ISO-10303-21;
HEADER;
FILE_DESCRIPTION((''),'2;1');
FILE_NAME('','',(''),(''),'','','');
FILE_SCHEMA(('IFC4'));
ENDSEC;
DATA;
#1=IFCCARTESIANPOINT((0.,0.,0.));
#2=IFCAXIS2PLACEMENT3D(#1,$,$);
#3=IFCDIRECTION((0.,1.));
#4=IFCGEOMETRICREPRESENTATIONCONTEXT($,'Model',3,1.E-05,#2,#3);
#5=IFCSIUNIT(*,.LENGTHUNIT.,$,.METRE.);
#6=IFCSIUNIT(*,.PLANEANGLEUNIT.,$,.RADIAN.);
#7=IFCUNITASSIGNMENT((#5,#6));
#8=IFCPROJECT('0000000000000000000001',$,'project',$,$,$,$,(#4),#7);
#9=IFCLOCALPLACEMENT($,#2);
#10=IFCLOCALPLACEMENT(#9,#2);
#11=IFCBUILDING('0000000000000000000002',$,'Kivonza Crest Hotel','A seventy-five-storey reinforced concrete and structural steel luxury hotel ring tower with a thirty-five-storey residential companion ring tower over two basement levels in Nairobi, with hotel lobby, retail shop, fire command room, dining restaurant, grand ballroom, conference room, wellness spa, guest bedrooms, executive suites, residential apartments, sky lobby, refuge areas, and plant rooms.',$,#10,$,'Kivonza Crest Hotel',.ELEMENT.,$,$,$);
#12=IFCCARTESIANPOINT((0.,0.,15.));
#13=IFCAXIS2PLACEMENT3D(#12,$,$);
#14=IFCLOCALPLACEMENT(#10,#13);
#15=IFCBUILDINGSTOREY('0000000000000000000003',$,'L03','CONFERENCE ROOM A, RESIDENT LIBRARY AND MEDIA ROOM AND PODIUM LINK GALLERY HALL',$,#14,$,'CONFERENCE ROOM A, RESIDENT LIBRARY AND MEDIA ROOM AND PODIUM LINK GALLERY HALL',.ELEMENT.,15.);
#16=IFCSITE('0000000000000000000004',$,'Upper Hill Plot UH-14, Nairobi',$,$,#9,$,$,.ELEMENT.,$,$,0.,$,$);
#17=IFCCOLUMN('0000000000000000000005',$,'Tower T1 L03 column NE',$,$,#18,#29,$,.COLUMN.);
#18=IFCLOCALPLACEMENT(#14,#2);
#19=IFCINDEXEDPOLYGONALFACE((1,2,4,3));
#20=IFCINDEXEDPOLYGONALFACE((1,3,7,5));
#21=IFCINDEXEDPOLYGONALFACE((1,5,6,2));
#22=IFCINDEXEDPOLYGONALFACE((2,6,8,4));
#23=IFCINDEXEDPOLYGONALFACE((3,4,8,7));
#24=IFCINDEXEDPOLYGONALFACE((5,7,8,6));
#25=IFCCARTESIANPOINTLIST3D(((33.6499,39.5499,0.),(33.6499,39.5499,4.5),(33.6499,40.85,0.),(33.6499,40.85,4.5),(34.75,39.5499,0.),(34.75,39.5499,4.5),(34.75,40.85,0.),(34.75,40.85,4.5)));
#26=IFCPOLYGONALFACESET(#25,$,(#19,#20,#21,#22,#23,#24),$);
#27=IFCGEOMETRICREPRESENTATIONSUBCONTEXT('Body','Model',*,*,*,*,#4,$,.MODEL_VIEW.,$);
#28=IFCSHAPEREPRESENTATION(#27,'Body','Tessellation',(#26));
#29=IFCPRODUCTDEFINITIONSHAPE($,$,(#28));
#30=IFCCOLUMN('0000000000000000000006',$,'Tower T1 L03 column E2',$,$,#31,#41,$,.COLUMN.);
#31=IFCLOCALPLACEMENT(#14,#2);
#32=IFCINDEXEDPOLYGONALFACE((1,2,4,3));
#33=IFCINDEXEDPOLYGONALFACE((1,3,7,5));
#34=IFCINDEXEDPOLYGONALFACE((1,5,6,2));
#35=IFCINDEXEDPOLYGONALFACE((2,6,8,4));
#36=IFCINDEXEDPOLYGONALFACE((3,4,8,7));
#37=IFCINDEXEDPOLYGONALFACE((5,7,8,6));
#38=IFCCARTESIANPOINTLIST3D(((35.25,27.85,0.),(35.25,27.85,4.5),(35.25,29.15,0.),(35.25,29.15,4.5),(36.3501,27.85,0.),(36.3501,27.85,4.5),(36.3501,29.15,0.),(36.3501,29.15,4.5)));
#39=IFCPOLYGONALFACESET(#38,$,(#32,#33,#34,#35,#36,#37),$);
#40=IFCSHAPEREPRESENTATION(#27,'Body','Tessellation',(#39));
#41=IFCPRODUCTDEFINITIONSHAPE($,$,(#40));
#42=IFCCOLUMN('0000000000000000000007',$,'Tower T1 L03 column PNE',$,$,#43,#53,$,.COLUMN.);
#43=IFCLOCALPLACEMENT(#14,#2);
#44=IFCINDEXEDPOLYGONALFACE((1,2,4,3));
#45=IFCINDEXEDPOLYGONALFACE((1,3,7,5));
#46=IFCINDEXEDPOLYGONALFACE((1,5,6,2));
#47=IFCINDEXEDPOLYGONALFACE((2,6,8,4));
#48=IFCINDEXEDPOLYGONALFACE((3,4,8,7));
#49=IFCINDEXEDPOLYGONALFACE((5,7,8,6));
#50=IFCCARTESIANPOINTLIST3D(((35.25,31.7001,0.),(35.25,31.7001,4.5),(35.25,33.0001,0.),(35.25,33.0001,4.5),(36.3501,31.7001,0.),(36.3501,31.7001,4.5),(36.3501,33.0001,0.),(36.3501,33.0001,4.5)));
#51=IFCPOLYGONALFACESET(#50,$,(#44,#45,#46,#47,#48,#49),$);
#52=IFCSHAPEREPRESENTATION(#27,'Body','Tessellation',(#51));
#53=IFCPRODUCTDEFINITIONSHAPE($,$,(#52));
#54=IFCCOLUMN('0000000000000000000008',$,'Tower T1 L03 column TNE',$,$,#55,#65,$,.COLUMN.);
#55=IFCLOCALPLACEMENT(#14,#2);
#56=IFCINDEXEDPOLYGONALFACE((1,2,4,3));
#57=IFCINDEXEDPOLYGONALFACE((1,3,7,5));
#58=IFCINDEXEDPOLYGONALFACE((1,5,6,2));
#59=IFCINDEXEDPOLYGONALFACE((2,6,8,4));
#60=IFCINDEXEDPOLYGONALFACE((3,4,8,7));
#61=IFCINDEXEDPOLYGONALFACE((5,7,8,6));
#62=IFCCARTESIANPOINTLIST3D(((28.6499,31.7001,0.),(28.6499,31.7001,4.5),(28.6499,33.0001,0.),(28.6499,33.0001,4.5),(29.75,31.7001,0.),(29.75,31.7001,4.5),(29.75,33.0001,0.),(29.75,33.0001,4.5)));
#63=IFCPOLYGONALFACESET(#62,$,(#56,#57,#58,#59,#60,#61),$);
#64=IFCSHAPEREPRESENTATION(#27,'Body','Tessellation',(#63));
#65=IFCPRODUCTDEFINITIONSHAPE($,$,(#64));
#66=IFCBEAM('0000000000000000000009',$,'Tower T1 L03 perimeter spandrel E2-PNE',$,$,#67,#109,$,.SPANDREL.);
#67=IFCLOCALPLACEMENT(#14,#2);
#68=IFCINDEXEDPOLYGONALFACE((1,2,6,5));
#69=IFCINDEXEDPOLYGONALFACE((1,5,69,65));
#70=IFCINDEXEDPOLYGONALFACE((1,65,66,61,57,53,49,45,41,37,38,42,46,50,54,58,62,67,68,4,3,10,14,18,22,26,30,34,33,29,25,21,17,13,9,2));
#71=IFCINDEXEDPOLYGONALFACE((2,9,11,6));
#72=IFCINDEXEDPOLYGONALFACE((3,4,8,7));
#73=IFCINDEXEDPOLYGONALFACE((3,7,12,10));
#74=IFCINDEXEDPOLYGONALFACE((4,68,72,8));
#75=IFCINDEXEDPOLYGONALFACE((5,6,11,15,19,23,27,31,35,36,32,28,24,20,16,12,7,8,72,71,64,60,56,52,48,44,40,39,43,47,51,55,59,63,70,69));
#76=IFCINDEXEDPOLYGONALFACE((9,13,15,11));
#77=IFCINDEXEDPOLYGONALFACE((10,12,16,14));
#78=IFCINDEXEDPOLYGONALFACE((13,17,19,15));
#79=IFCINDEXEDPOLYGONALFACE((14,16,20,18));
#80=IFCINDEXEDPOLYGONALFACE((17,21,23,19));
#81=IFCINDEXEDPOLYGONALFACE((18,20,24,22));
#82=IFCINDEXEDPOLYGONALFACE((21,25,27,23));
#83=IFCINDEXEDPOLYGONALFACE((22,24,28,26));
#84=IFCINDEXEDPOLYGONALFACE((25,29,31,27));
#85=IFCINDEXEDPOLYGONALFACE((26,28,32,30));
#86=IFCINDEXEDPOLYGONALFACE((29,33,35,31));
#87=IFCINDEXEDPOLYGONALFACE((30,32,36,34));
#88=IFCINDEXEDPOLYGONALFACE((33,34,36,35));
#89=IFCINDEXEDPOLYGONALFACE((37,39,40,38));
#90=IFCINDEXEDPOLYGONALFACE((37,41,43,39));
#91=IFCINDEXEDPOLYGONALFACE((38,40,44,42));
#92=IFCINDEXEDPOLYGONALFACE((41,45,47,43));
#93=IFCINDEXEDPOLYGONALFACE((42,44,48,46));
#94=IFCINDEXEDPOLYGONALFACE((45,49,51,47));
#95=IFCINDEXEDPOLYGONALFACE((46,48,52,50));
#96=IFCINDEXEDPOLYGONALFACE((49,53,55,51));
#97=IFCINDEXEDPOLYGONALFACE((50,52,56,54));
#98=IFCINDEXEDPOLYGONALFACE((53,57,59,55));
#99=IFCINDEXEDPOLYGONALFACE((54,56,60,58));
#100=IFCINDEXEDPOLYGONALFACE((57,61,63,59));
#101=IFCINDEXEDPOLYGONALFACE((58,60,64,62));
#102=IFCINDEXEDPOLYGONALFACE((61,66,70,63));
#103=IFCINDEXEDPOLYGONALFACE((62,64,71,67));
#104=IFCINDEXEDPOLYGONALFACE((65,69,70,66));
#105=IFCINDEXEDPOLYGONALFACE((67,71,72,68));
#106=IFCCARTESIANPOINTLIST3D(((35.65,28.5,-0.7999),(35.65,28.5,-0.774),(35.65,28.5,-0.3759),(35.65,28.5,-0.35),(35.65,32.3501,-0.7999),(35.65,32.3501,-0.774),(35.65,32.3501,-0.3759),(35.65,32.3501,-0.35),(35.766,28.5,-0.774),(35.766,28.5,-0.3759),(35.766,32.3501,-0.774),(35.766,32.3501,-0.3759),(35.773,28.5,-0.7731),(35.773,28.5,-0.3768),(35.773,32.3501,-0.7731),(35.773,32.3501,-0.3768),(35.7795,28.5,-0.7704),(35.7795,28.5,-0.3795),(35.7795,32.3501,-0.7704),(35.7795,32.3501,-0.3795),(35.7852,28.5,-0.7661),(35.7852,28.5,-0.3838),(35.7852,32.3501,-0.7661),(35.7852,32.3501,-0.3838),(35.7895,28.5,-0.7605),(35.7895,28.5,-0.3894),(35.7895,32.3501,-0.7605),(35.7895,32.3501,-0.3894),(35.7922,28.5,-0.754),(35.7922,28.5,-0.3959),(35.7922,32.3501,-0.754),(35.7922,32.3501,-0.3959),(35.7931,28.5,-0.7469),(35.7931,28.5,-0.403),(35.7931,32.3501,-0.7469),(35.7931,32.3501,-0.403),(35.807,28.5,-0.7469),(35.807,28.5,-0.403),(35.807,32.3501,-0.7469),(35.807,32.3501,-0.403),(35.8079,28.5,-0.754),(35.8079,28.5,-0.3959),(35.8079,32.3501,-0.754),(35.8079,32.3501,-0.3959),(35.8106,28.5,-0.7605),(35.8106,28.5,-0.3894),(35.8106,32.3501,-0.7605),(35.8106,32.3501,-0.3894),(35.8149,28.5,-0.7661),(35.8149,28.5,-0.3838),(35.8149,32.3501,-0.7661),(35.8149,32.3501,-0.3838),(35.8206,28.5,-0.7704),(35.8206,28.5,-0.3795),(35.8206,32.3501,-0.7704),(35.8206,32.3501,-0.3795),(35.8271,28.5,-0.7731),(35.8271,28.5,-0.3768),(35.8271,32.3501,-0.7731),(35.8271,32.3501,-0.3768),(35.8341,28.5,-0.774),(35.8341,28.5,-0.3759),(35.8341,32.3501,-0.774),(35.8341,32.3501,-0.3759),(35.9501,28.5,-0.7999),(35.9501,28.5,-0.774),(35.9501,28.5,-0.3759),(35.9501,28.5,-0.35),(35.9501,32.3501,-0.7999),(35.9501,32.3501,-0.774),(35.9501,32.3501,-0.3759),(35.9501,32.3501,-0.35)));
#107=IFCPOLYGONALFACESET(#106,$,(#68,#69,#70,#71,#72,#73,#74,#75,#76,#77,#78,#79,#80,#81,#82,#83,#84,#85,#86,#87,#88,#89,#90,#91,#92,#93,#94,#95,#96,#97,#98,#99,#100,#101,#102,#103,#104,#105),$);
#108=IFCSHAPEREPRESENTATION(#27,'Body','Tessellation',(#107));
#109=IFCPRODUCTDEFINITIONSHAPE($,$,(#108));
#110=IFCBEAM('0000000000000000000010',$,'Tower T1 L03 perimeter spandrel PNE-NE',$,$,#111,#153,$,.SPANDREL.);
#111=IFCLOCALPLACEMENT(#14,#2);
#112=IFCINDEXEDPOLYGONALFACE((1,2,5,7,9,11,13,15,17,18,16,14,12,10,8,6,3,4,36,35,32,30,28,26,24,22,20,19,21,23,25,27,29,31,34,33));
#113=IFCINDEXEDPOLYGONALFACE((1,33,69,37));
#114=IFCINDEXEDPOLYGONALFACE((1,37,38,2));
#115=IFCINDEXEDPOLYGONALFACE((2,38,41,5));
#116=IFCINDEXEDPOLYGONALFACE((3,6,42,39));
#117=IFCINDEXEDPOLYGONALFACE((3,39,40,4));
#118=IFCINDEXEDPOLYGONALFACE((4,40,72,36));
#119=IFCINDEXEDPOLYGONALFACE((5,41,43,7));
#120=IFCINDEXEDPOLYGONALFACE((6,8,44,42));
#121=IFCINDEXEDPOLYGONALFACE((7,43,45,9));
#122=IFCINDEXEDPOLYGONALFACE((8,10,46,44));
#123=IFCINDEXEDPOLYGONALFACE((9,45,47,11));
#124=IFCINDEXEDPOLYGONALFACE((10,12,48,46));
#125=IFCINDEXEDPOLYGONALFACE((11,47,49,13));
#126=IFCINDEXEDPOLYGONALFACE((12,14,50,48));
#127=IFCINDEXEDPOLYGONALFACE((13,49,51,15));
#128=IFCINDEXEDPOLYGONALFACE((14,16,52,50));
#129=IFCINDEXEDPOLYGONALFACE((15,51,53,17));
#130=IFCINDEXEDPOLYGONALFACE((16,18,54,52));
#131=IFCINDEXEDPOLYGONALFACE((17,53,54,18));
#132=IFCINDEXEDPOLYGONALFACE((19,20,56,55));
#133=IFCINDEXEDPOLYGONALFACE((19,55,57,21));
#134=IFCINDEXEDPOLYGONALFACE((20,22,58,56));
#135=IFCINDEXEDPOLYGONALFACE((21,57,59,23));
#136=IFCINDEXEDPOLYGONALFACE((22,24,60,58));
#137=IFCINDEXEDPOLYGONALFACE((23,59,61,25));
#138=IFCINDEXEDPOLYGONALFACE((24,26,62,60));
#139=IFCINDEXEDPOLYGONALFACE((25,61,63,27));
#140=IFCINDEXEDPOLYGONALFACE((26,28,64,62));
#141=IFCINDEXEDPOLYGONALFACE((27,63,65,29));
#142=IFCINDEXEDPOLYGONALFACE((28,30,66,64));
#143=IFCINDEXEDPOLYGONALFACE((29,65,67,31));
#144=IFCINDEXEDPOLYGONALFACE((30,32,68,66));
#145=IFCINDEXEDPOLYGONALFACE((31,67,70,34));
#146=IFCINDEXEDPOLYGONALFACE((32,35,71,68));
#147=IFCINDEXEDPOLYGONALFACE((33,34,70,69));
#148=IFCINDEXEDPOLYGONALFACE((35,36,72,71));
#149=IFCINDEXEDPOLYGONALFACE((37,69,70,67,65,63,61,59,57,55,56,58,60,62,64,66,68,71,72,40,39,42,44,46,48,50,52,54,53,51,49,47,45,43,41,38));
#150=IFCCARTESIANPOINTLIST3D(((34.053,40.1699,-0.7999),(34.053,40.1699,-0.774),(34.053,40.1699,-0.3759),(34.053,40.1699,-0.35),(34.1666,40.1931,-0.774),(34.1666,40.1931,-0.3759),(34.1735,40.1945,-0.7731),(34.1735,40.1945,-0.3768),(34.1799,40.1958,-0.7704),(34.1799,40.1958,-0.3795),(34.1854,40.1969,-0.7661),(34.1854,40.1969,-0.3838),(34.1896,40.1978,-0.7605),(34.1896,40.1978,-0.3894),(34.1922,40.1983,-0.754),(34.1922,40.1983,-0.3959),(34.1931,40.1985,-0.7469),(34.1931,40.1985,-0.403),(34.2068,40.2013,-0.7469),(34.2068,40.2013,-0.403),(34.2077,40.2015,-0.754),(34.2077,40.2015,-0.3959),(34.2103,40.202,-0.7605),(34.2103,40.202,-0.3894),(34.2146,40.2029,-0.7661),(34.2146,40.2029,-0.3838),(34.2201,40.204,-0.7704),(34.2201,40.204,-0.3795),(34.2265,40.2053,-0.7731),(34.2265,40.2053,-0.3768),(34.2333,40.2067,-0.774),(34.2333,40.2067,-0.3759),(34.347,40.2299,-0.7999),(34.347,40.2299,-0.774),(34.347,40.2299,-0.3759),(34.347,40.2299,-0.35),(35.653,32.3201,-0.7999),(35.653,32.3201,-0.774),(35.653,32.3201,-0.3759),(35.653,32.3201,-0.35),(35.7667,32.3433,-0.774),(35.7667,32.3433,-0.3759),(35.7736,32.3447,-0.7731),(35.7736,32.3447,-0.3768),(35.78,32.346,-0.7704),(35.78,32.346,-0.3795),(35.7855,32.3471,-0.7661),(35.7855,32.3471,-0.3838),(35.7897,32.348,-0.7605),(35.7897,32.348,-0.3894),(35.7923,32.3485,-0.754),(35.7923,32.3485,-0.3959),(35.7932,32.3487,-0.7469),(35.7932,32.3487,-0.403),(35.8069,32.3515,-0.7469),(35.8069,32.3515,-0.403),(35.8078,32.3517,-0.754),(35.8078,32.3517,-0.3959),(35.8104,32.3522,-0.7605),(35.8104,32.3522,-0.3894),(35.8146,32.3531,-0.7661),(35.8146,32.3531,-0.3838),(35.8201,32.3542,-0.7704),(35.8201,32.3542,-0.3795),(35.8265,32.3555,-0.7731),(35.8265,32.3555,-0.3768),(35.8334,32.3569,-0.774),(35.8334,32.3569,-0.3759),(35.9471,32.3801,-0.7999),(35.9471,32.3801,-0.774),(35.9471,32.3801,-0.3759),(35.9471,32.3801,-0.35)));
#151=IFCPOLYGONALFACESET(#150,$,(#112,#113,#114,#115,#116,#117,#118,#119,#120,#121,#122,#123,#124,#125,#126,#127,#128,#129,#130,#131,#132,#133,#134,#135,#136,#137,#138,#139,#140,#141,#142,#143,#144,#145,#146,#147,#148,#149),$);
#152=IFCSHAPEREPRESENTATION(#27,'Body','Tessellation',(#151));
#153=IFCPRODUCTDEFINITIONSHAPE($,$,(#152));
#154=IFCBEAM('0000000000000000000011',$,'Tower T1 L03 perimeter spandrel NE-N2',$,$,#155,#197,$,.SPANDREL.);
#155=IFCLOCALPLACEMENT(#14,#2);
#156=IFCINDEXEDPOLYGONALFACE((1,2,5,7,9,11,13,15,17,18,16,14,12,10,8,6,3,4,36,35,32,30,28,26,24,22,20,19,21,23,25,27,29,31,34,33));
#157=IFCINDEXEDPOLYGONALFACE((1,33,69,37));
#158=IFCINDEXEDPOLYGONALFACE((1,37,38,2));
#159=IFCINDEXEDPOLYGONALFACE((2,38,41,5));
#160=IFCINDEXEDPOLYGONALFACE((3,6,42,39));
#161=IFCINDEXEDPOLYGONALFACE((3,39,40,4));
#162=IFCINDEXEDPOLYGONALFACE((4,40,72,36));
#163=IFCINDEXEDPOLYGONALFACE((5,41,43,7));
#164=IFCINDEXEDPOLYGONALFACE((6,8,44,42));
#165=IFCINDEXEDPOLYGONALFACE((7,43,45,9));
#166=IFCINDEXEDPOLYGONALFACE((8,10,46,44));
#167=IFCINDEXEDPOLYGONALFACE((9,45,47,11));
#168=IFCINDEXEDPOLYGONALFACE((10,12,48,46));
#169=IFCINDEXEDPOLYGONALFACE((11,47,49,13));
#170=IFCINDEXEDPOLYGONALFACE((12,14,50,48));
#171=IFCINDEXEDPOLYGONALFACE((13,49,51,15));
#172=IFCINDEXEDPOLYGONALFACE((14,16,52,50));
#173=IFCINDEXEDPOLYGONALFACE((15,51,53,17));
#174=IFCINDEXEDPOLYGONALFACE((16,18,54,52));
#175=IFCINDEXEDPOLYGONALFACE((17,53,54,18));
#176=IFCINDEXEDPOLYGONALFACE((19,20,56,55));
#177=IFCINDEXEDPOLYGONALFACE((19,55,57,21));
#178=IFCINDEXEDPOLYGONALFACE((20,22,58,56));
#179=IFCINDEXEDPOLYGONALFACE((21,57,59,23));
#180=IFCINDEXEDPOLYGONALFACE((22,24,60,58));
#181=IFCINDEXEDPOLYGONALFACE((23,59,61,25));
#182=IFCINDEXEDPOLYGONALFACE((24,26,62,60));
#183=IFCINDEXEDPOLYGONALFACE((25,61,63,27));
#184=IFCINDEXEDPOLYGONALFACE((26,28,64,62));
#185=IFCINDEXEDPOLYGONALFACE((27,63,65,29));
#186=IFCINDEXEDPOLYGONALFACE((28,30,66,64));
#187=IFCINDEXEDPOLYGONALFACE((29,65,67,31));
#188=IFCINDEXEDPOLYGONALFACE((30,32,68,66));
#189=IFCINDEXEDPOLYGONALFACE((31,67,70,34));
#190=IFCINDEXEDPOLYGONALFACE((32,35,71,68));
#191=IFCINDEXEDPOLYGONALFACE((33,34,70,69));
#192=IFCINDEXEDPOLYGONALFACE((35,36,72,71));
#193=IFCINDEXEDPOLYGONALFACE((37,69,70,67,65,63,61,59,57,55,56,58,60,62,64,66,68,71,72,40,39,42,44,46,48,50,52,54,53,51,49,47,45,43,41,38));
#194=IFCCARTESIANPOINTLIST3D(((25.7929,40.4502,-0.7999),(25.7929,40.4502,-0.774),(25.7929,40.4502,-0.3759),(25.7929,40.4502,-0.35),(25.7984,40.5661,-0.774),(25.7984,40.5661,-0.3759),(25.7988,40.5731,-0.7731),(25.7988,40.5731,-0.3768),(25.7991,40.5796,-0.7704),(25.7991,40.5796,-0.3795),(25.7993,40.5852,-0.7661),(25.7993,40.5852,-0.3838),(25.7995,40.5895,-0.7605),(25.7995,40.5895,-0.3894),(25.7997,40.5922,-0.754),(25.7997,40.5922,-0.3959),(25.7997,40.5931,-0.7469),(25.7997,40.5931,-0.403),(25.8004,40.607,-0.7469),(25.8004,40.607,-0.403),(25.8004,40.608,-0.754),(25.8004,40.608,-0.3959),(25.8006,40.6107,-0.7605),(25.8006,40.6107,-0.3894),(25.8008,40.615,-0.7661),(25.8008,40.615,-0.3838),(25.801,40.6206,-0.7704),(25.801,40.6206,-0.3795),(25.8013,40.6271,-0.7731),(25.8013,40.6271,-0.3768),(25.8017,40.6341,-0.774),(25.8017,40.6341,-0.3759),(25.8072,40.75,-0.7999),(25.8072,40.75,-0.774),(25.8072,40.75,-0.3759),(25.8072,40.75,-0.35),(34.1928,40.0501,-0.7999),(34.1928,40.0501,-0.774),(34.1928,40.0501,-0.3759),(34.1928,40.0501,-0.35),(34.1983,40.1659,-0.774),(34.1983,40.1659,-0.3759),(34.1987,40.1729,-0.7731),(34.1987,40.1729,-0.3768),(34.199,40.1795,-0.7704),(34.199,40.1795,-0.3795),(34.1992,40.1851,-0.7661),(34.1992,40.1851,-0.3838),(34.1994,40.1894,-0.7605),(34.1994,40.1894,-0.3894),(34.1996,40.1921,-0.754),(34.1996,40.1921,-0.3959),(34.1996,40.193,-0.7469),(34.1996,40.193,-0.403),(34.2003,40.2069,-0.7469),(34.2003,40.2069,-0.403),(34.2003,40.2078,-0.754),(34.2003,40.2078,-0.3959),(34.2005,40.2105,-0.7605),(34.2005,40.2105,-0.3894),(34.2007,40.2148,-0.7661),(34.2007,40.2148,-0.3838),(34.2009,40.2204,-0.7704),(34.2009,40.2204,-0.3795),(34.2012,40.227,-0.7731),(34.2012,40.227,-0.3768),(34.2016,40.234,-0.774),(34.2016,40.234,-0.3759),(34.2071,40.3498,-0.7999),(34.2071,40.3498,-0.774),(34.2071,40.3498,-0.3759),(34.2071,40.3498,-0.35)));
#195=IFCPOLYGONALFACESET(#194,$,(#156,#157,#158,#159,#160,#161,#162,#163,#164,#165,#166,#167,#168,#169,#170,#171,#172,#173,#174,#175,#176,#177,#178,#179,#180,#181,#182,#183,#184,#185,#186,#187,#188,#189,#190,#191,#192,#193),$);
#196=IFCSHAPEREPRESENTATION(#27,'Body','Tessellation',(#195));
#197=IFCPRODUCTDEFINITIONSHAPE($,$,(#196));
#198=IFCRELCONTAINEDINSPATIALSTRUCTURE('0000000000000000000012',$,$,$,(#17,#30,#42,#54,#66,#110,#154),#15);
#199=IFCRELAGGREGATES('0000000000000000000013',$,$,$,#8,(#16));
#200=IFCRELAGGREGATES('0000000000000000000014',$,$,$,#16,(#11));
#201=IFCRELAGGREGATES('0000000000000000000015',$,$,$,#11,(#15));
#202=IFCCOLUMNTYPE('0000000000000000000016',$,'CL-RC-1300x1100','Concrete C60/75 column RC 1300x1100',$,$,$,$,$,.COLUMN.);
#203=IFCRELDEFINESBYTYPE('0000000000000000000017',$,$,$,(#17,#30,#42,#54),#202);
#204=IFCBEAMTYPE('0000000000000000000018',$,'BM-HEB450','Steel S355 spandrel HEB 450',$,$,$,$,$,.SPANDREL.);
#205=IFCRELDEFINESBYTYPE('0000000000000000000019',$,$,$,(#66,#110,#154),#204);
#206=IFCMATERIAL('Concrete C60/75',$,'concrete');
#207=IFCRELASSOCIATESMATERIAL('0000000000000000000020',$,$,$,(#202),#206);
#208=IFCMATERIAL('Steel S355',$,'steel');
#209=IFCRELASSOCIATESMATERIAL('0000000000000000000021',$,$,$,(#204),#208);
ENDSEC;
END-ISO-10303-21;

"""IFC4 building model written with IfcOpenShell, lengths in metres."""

from ifc_helpers import new_model, si_unit, direction, frame, origin, origin_2d, place, context, subcontext, project, spatial, rectangle, i_section, extrude, material, material_profile, profile_set, type_object, element, save


model = new_model("IFC4")

# Units and contexts
model_context = context("Model", 3, precision=1e-05, world=origin(), true_north=direction((0.0, 1.0)))
body_context = subcontext(model_context, "Body", "Model", "MODEL_VIEW")
ifc_project = project(units=[si_unit("LENGTHUNIT", "METRE"), si_unit("PLANEANGLEUNIT", "RADIAN")], contexts=[model_context])

# Site, building, storey
site_placement = place(None, origin())
site = spatial("IfcSite", under=ifc_project, at=site_placement, Name="Upper Hill Plot UH-14, Nairobi", CompositionType="ELEMENT", RefElevation=0.0)
building_placement = place(site_placement, origin())
building = spatial("IfcBuilding", under=site, at=building_placement, Name="Kivonza Crest Hotel", Description="A seventy-five-storey reinforced concrete and structural steel luxury hotel ring tower with a thirty-five-storey residential companion ring tower over two basement levels in Nairobi, with hotel lobby, retail shop, fire command room, dining restaurant, grand ballroom, conference room, wellness spa, guest bedrooms, executive suites, residential apartments, sky lobby, refuge areas, and plant rooms.", LongName="Kivonza Crest Hotel", CompositionType="ELEMENT")
storey_placement = place(building_placement, frame((0.0, 0.0, 15.0)))
storey = spatial("IfcBuildingStorey", under=building, at=storey_placement, Name="L03", Description="CONFERENCE ROOM A, RESIDENT LIBRARY AND MEDIA ROOM AND PODIUM LINK GALLERY HALL", LongName="CONFERENCE ROOM A, RESIDENT LIBRARY AND MEDIA ROOM AND PODIUM LINK GALLERY HALL", CompositionType="ELEMENT", Elevation=15.0)

# Columns
ifc_material_1 = material(Name="Concrete C60/75", Category="concrete")
ifc_material_profile_1 = material_profile(ifc_material_1, rectangle(XDim=1.1001, YDim=1.3, at=origin_2d()), Name="RC 1300x1100")
ifc_profile_set_1 = profile_set([ifc_material_profile_1], Name="Concrete C60/75")
column_type = type_object("IfcColumnType", Name="CL-RC-1300x1100", Description="Concrete C60/75 column RC 1300x1100", PredefinedType="COLUMN", material=ifc_profile_set_1)
for number, where, z_axis, x_axis, name in (
    (1, (34.2, 40.2, 0.0), (0.0, 0.0, 1.0), (1.0, 0.0, 0.0), "Tower T1 L03 column NE"),
    (2, (35.8, 28.5, 0.0), (0.0, 0.0, 1.0), (1.0, 0.0, 0.0), "Tower T1 L03 column E2"),
    (3, (35.8, 32.3501, 0.0), (0.0, 0.0, 1.0), (1.0, 0.0, 0.0), "Tower T1 L03 column PNE"),
    (4, (29.2, 32.3501, 0.0), (0.0, 0.0, 1.0), (1.0, 0.0, 0.0), "Tower T1 L03 column TNE"),
):
    element("IfcColumn", number, at=place(storey_placement, frame(where, z_axis=z_axis, x_axis=x_axis)), inside=storey, type_object=column_type, Name=name, PredefinedType="COLUMN", context=body_context, shape_type="SweptSolid", body=[
        extrude(rectangle(XDim=1.1001, YDim=1.3, at=origin_2d()), origin(), (0.0, 0.0, 1.0), 4.5),
    ])

# Beams
ifc_material_2 = material(Name="Steel S355", Category="steel")
ifc_material_profile_2 = material_profile(ifc_material_2, i_section(OverallWidth=0.3, OverallDepth=0.45, WebThickness=0.0139, FlangeThickness=0.0259, FilletRadius=0.0271, at=origin_2d()), Name="HEB 450")
ifc_profile_set_2 = profile_set([ifc_material_profile_2], Name="Steel S355")
beam_type_1 = type_object("IfcBeamType", Name="BM-HEB450", Description="Steel S355 spandrel HEB 450", PredefinedType="SPANDREL", material=ifc_profile_set_2)
beam_1_placement = place(storey_placement, frame((35.8, 28.5, -0.575), z_axis=(0.0, 1.0, 0.0), x_axis=(-1.0, 0.0, 0.0)))
element("IfcBeam", 5, at=beam_1_placement, inside=storey, type_object=beam_type_1, Name="Tower T1 L03 perimeter spandrel E2-PNE", PredefinedType="SPANDREL", context=body_context, shape_type="SweptSolid", body=[
    extrude(i_section(OverallWidth=0.3, OverallDepth=0.45, WebThickness=0.0139, FlangeThickness=0.0259, FilletRadius=0.0271, at=origin_2d()), origin(), (0.0, 0.0, 1.0), 3.8501),
])
beam_2_placement = place(storey_placement, frame((35.8, 32.3501, -0.575), z_axis=(-0.199731, 0.979851, 0.0), x_axis=(-0.979851, -0.199731, 0.0)))
element("IfcBeam", 6, at=beam_2_placement, inside=storey, type_object=beam_type_1, Name="Tower T1 L03 perimeter spandrel PNE-NE", PredefinedType="SPANDREL", context=body_context, shape_type="SweptSolid", body=[
    extrude(i_section(OverallWidth=0.3, OverallDepth=0.45, WebThickness=0.0139, FlangeThickness=0.0259, FilletRadius=0.0271, at=origin_2d()), origin(), (0.0, 0.0, 1.0), 8.0112),
])
beam_3_placement = place(storey_placement, frame((34.2, 40.2, -0.575), z_axis=(-0.998867, 0.047583, 0.0), x_axis=(-0.047583, -0.998867, 0.0)))
element("IfcBeam", 7, at=beam_3_placement, inside=storey, type_object=beam_type_1, Name="Tower T1 L03 perimeter spandrel NE-N2", PredefinedType="SPANDREL", context=body_context, shape_type="SweptSolid", body=[
    extrude(i_section(OverallWidth=0.3, OverallDepth=0.45, WebThickness=0.0139, FlangeThickness=0.0259, FilletRadius=0.0271, at=origin_2d()), origin(), (0.0, 0.0, 1.0), 8.4094),
])

save(model, "model.ifc")
